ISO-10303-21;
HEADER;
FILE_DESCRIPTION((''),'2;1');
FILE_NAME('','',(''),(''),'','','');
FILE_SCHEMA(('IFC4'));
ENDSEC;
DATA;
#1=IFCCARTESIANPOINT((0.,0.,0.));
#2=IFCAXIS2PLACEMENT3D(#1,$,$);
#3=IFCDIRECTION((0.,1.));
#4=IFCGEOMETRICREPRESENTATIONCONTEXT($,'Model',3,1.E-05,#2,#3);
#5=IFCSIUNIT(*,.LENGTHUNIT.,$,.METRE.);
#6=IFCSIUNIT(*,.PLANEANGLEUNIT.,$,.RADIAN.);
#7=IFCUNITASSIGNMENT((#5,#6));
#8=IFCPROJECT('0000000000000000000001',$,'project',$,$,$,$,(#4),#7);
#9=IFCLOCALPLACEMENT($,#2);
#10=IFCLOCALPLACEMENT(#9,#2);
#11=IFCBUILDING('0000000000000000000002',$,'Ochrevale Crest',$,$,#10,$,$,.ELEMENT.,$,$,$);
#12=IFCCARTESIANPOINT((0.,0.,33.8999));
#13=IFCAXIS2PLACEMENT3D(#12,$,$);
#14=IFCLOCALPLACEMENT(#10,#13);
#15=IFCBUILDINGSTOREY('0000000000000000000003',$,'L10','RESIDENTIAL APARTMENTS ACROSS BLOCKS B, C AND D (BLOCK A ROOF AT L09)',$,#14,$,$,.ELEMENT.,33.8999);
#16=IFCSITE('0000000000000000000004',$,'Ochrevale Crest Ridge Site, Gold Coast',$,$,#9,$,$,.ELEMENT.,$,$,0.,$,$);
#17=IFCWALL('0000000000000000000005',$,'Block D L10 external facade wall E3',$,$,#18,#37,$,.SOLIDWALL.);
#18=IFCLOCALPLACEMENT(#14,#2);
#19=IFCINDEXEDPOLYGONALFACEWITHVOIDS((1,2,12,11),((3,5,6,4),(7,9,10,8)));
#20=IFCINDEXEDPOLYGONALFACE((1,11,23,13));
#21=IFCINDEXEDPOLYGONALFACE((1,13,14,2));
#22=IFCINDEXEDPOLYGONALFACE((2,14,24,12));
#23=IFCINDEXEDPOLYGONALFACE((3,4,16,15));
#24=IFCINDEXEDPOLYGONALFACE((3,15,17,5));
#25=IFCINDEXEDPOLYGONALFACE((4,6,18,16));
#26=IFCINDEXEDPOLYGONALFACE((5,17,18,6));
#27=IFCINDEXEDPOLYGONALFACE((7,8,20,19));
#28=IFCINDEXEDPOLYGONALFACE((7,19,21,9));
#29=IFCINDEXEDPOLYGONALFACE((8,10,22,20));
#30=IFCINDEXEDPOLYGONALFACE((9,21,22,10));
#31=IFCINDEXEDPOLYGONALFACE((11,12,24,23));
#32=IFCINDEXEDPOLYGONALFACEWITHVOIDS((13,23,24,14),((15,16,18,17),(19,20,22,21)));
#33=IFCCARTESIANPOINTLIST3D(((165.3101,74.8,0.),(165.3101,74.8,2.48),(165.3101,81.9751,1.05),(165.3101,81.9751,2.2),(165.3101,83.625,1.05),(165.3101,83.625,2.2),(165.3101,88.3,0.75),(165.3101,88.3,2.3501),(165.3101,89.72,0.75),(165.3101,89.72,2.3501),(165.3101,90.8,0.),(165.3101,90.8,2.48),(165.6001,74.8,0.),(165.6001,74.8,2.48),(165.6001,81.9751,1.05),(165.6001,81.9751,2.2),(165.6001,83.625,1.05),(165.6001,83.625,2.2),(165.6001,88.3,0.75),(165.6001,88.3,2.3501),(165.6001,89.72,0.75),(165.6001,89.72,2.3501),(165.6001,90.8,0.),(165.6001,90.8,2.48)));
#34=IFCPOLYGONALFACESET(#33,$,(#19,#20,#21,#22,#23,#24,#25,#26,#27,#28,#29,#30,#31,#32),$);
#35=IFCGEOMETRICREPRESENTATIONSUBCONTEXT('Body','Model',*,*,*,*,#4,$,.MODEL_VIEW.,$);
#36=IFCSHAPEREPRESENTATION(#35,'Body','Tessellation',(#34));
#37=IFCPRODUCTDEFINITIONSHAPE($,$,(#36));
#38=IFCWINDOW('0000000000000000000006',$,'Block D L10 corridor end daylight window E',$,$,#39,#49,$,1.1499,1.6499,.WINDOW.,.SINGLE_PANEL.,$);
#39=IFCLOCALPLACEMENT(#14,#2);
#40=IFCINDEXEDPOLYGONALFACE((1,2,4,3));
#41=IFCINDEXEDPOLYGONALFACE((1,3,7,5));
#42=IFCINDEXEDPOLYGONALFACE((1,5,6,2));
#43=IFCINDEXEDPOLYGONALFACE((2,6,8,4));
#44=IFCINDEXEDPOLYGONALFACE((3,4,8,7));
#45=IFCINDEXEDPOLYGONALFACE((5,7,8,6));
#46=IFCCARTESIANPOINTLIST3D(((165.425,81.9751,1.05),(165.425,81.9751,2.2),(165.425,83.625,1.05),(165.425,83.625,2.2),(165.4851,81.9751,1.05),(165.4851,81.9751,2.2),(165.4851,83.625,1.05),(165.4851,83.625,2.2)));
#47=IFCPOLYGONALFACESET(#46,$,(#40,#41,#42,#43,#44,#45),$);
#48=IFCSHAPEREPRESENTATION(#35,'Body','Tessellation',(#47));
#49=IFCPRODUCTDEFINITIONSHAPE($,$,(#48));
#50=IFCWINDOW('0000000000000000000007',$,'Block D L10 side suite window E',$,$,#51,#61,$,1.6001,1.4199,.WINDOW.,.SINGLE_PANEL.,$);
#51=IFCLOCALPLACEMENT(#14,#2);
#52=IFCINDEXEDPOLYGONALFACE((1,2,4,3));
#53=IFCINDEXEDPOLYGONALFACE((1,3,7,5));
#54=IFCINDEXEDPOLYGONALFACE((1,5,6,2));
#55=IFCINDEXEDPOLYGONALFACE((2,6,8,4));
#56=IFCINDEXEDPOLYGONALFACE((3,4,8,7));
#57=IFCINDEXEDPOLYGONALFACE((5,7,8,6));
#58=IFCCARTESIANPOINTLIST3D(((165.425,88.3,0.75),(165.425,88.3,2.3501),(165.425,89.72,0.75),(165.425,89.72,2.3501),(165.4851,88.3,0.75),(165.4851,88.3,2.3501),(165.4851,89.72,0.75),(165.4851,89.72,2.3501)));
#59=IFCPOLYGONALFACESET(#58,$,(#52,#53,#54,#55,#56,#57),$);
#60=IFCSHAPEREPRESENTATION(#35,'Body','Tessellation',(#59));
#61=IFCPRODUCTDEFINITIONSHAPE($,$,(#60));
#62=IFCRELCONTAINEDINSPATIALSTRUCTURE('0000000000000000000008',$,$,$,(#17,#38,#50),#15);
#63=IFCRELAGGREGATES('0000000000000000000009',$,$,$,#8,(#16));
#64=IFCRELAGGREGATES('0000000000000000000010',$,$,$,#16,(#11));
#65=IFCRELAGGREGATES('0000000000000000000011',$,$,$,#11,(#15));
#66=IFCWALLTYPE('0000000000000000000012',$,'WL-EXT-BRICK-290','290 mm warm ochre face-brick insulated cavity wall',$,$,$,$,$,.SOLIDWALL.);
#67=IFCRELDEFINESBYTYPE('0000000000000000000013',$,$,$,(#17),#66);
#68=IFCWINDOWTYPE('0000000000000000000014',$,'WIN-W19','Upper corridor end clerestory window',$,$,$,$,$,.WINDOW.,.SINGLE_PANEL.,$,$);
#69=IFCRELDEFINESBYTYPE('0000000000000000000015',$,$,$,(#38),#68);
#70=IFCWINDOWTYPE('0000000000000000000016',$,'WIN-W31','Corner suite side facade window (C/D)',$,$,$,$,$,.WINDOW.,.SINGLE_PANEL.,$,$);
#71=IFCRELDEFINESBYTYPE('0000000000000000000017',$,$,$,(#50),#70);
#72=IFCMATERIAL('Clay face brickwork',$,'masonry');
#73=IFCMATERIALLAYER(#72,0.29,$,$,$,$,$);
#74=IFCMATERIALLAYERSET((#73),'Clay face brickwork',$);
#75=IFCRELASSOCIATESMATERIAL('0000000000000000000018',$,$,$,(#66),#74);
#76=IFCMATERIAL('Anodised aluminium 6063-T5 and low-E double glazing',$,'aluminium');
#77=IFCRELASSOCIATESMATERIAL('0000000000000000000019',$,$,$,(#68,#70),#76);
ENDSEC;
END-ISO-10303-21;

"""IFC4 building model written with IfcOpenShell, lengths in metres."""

from ifc_helpers import new_model, si_unit, direction, frame, frame_2d, origin, place, context, subcontext, project, spatial, rectangle, extrude, material, layer, layer_set, type_object, element, fill, save


model = new_model("IFC4")

# Units and contexts
model_context = context("Model", 3, precision=1e-05, world=origin(), true_north=direction((0.0, 1.0)))
body_context = subcontext(model_context, "Body", "Model", "MODEL_VIEW")
ifc_project = project(units=[si_unit("LENGTHUNIT", "METRE"), si_unit("PLANEANGLEUNIT", "RADIAN")], contexts=[model_context])

# Site, building, storey
site_placement = place(None, origin())
site = spatial("IfcSite", under=ifc_project, at=site_placement, Name="Ochrevale Crest Ridge Site, Gold Coast", CompositionType="ELEMENT", RefElevation=0.0)
building_placement = place(site_placement, origin())
building = spatial("IfcBuilding", under=site, at=building_placement, Name="Ochrevale Crest", CompositionType="ELEMENT")
storey_placement = place(building_placement, frame((0.0, 0.0, 33.8999)))
storey = spatial("IfcBuildingStorey", under=building, at=storey_placement, Name="L10", Description="RESIDENTIAL APARTMENTS ACROSS BLOCKS B, C AND D (BLOCK A ROOF AT L09)", CompositionType="ELEMENT", Elevation=33.8999)

# Wall, openings, windows
ifc_material_1 = material(Name="Clay face brickwork", Category="masonry")
ifc_layer_1 = layer(ifc_material_1, 0.29)
ifc_layer_set_1 = layer_set([ifc_layer_1], Name="Clay face brickwork")
wall_type = type_object("IfcWallType", Name="WL-EXT-BRICK-290", Description="290 mm warm ochre face-brick insulated cavity wall", PredefinedType="SOLIDWALL", material=ifc_layer_set_1)
wall_placement = place(storey_placement, frame((165.4551, 74.8, 0.0), z_axis=(0.0, 0.0, 1.0), x_axis=(0.0, 1.0, 0.0)))
wall = element("IfcWall", 1, at=wall_placement, inside=storey, type_object=wall_type, Name="Block D L10 external facade wall E3", PredefinedType="SOLIDWALL", context=body_context, shape_type="SweptSolid", body=[
    extrude(rectangle(XDim=16.0, YDim=0.29, at=frame_2d((8.0, 0.0))), origin(), (0.0, 0.0, 1.0), 2.48),
])
opening_1_placement = place(wall_placement, frame((7.175, 0.0, 1.05)))
opening_1 = element("IfcOpeningElement", 2, at=opening_1_placement, cuts=wall, PredefinedType="OPENING", context=body_context, shape_type="SweptSolid", body=[
    extrude(rectangle(XDim=1.6499, YDim=1.1499, at=frame_2d((0.825, 0.575))), frame((0.0, 0.155, 0.0), z_axis=(0.0, -1.0, 0.0), x_axis=(1.0, 0.0, 0.0)), (0.0, 0.0, 1.0), 0.3101),
])
opening_2_placement = place(wall_placement, frame((13.5, 0.0, 0.75)))
opening_2 = element("IfcOpeningElement", 3, at=opening_2_placement, cuts=wall, PredefinedType="OPENING", context=body_context, shape_type="SweptSolid", body=[
    extrude(rectangle(XDim=1.4199, YDim=1.6001, at=frame_2d((0.71, 0.8))), frame((0.0, 0.155, 0.0), z_axis=(0.0, -1.0, 0.0), x_axis=(1.0, 0.0, 0.0)), (0.0, 0.0, 1.0), 0.3101),
])
ifc_material_2 = material(Name="Anodised aluminium 6063-T5 and low-E double glazing", Category="aluminium")
window_type_1 = type_object("IfcWindowType", Name="WIN-W19", Description="Upper corridor end clerestory window", PartitioningType="SINGLE_PANEL", PredefinedType="WINDOW", material=ifc_material_2)
window_1_placement = place(opening_1_placement, origin())
window_1 = element("IfcWindow", 4, at=window_1_placement, inside=storey, type_object=window_type_1, Name="Block D L10 corridor end daylight window E", OverallHeight=1.1499, OverallWidth=1.6499, PartitioningType="SINGLE_PANEL", PredefinedType="WINDOW", context=body_context, shape_type="SweptSolid", body=[
    extrude(rectangle(XDim=1.6499, YDim=1.1499, at=frame_2d((0.825, 0.575))), frame((0.0, 0.03, 0.0), z_axis=(0.0, -1.0, 0.0), x_axis=(1.0, 0.0, 0.0)), (0.0, 0.0, 1.0), 0.0601),
])
fill(opening_1, window_1)
window_type_2 = type_object("IfcWindowType", Name="WIN-W31", Description="Corner suite side facade window (C/D)", PartitioningType="SINGLE_PANEL", PredefinedType="WINDOW", material=ifc_material_2)
window_2_placement = place(opening_2_placement, origin())
window_2 = element("IfcWindow", 5, at=window_2_placement, inside=storey, type_object=window_type_2, Name="Block D L10 side suite window E", OverallHeight=1.6001, OverallWidth=1.4199, PartitioningType="SINGLE_PANEL", PredefinedType="WINDOW", context=body_context, shape_type="SweptSolid", body=[
    extrude(rectangle(XDim=1.4199, YDim=1.6001, at=frame_2d((0.71, 0.8))), frame((0.0, 0.03, 0.0), z_axis=(0.0, -1.0, 0.0), x_axis=(1.0, 0.0, 0.0)), (0.0, 0.0, 1.0), 0.0601),
])
fill(opening_2, window_2)

save(model, "model.ifc")
